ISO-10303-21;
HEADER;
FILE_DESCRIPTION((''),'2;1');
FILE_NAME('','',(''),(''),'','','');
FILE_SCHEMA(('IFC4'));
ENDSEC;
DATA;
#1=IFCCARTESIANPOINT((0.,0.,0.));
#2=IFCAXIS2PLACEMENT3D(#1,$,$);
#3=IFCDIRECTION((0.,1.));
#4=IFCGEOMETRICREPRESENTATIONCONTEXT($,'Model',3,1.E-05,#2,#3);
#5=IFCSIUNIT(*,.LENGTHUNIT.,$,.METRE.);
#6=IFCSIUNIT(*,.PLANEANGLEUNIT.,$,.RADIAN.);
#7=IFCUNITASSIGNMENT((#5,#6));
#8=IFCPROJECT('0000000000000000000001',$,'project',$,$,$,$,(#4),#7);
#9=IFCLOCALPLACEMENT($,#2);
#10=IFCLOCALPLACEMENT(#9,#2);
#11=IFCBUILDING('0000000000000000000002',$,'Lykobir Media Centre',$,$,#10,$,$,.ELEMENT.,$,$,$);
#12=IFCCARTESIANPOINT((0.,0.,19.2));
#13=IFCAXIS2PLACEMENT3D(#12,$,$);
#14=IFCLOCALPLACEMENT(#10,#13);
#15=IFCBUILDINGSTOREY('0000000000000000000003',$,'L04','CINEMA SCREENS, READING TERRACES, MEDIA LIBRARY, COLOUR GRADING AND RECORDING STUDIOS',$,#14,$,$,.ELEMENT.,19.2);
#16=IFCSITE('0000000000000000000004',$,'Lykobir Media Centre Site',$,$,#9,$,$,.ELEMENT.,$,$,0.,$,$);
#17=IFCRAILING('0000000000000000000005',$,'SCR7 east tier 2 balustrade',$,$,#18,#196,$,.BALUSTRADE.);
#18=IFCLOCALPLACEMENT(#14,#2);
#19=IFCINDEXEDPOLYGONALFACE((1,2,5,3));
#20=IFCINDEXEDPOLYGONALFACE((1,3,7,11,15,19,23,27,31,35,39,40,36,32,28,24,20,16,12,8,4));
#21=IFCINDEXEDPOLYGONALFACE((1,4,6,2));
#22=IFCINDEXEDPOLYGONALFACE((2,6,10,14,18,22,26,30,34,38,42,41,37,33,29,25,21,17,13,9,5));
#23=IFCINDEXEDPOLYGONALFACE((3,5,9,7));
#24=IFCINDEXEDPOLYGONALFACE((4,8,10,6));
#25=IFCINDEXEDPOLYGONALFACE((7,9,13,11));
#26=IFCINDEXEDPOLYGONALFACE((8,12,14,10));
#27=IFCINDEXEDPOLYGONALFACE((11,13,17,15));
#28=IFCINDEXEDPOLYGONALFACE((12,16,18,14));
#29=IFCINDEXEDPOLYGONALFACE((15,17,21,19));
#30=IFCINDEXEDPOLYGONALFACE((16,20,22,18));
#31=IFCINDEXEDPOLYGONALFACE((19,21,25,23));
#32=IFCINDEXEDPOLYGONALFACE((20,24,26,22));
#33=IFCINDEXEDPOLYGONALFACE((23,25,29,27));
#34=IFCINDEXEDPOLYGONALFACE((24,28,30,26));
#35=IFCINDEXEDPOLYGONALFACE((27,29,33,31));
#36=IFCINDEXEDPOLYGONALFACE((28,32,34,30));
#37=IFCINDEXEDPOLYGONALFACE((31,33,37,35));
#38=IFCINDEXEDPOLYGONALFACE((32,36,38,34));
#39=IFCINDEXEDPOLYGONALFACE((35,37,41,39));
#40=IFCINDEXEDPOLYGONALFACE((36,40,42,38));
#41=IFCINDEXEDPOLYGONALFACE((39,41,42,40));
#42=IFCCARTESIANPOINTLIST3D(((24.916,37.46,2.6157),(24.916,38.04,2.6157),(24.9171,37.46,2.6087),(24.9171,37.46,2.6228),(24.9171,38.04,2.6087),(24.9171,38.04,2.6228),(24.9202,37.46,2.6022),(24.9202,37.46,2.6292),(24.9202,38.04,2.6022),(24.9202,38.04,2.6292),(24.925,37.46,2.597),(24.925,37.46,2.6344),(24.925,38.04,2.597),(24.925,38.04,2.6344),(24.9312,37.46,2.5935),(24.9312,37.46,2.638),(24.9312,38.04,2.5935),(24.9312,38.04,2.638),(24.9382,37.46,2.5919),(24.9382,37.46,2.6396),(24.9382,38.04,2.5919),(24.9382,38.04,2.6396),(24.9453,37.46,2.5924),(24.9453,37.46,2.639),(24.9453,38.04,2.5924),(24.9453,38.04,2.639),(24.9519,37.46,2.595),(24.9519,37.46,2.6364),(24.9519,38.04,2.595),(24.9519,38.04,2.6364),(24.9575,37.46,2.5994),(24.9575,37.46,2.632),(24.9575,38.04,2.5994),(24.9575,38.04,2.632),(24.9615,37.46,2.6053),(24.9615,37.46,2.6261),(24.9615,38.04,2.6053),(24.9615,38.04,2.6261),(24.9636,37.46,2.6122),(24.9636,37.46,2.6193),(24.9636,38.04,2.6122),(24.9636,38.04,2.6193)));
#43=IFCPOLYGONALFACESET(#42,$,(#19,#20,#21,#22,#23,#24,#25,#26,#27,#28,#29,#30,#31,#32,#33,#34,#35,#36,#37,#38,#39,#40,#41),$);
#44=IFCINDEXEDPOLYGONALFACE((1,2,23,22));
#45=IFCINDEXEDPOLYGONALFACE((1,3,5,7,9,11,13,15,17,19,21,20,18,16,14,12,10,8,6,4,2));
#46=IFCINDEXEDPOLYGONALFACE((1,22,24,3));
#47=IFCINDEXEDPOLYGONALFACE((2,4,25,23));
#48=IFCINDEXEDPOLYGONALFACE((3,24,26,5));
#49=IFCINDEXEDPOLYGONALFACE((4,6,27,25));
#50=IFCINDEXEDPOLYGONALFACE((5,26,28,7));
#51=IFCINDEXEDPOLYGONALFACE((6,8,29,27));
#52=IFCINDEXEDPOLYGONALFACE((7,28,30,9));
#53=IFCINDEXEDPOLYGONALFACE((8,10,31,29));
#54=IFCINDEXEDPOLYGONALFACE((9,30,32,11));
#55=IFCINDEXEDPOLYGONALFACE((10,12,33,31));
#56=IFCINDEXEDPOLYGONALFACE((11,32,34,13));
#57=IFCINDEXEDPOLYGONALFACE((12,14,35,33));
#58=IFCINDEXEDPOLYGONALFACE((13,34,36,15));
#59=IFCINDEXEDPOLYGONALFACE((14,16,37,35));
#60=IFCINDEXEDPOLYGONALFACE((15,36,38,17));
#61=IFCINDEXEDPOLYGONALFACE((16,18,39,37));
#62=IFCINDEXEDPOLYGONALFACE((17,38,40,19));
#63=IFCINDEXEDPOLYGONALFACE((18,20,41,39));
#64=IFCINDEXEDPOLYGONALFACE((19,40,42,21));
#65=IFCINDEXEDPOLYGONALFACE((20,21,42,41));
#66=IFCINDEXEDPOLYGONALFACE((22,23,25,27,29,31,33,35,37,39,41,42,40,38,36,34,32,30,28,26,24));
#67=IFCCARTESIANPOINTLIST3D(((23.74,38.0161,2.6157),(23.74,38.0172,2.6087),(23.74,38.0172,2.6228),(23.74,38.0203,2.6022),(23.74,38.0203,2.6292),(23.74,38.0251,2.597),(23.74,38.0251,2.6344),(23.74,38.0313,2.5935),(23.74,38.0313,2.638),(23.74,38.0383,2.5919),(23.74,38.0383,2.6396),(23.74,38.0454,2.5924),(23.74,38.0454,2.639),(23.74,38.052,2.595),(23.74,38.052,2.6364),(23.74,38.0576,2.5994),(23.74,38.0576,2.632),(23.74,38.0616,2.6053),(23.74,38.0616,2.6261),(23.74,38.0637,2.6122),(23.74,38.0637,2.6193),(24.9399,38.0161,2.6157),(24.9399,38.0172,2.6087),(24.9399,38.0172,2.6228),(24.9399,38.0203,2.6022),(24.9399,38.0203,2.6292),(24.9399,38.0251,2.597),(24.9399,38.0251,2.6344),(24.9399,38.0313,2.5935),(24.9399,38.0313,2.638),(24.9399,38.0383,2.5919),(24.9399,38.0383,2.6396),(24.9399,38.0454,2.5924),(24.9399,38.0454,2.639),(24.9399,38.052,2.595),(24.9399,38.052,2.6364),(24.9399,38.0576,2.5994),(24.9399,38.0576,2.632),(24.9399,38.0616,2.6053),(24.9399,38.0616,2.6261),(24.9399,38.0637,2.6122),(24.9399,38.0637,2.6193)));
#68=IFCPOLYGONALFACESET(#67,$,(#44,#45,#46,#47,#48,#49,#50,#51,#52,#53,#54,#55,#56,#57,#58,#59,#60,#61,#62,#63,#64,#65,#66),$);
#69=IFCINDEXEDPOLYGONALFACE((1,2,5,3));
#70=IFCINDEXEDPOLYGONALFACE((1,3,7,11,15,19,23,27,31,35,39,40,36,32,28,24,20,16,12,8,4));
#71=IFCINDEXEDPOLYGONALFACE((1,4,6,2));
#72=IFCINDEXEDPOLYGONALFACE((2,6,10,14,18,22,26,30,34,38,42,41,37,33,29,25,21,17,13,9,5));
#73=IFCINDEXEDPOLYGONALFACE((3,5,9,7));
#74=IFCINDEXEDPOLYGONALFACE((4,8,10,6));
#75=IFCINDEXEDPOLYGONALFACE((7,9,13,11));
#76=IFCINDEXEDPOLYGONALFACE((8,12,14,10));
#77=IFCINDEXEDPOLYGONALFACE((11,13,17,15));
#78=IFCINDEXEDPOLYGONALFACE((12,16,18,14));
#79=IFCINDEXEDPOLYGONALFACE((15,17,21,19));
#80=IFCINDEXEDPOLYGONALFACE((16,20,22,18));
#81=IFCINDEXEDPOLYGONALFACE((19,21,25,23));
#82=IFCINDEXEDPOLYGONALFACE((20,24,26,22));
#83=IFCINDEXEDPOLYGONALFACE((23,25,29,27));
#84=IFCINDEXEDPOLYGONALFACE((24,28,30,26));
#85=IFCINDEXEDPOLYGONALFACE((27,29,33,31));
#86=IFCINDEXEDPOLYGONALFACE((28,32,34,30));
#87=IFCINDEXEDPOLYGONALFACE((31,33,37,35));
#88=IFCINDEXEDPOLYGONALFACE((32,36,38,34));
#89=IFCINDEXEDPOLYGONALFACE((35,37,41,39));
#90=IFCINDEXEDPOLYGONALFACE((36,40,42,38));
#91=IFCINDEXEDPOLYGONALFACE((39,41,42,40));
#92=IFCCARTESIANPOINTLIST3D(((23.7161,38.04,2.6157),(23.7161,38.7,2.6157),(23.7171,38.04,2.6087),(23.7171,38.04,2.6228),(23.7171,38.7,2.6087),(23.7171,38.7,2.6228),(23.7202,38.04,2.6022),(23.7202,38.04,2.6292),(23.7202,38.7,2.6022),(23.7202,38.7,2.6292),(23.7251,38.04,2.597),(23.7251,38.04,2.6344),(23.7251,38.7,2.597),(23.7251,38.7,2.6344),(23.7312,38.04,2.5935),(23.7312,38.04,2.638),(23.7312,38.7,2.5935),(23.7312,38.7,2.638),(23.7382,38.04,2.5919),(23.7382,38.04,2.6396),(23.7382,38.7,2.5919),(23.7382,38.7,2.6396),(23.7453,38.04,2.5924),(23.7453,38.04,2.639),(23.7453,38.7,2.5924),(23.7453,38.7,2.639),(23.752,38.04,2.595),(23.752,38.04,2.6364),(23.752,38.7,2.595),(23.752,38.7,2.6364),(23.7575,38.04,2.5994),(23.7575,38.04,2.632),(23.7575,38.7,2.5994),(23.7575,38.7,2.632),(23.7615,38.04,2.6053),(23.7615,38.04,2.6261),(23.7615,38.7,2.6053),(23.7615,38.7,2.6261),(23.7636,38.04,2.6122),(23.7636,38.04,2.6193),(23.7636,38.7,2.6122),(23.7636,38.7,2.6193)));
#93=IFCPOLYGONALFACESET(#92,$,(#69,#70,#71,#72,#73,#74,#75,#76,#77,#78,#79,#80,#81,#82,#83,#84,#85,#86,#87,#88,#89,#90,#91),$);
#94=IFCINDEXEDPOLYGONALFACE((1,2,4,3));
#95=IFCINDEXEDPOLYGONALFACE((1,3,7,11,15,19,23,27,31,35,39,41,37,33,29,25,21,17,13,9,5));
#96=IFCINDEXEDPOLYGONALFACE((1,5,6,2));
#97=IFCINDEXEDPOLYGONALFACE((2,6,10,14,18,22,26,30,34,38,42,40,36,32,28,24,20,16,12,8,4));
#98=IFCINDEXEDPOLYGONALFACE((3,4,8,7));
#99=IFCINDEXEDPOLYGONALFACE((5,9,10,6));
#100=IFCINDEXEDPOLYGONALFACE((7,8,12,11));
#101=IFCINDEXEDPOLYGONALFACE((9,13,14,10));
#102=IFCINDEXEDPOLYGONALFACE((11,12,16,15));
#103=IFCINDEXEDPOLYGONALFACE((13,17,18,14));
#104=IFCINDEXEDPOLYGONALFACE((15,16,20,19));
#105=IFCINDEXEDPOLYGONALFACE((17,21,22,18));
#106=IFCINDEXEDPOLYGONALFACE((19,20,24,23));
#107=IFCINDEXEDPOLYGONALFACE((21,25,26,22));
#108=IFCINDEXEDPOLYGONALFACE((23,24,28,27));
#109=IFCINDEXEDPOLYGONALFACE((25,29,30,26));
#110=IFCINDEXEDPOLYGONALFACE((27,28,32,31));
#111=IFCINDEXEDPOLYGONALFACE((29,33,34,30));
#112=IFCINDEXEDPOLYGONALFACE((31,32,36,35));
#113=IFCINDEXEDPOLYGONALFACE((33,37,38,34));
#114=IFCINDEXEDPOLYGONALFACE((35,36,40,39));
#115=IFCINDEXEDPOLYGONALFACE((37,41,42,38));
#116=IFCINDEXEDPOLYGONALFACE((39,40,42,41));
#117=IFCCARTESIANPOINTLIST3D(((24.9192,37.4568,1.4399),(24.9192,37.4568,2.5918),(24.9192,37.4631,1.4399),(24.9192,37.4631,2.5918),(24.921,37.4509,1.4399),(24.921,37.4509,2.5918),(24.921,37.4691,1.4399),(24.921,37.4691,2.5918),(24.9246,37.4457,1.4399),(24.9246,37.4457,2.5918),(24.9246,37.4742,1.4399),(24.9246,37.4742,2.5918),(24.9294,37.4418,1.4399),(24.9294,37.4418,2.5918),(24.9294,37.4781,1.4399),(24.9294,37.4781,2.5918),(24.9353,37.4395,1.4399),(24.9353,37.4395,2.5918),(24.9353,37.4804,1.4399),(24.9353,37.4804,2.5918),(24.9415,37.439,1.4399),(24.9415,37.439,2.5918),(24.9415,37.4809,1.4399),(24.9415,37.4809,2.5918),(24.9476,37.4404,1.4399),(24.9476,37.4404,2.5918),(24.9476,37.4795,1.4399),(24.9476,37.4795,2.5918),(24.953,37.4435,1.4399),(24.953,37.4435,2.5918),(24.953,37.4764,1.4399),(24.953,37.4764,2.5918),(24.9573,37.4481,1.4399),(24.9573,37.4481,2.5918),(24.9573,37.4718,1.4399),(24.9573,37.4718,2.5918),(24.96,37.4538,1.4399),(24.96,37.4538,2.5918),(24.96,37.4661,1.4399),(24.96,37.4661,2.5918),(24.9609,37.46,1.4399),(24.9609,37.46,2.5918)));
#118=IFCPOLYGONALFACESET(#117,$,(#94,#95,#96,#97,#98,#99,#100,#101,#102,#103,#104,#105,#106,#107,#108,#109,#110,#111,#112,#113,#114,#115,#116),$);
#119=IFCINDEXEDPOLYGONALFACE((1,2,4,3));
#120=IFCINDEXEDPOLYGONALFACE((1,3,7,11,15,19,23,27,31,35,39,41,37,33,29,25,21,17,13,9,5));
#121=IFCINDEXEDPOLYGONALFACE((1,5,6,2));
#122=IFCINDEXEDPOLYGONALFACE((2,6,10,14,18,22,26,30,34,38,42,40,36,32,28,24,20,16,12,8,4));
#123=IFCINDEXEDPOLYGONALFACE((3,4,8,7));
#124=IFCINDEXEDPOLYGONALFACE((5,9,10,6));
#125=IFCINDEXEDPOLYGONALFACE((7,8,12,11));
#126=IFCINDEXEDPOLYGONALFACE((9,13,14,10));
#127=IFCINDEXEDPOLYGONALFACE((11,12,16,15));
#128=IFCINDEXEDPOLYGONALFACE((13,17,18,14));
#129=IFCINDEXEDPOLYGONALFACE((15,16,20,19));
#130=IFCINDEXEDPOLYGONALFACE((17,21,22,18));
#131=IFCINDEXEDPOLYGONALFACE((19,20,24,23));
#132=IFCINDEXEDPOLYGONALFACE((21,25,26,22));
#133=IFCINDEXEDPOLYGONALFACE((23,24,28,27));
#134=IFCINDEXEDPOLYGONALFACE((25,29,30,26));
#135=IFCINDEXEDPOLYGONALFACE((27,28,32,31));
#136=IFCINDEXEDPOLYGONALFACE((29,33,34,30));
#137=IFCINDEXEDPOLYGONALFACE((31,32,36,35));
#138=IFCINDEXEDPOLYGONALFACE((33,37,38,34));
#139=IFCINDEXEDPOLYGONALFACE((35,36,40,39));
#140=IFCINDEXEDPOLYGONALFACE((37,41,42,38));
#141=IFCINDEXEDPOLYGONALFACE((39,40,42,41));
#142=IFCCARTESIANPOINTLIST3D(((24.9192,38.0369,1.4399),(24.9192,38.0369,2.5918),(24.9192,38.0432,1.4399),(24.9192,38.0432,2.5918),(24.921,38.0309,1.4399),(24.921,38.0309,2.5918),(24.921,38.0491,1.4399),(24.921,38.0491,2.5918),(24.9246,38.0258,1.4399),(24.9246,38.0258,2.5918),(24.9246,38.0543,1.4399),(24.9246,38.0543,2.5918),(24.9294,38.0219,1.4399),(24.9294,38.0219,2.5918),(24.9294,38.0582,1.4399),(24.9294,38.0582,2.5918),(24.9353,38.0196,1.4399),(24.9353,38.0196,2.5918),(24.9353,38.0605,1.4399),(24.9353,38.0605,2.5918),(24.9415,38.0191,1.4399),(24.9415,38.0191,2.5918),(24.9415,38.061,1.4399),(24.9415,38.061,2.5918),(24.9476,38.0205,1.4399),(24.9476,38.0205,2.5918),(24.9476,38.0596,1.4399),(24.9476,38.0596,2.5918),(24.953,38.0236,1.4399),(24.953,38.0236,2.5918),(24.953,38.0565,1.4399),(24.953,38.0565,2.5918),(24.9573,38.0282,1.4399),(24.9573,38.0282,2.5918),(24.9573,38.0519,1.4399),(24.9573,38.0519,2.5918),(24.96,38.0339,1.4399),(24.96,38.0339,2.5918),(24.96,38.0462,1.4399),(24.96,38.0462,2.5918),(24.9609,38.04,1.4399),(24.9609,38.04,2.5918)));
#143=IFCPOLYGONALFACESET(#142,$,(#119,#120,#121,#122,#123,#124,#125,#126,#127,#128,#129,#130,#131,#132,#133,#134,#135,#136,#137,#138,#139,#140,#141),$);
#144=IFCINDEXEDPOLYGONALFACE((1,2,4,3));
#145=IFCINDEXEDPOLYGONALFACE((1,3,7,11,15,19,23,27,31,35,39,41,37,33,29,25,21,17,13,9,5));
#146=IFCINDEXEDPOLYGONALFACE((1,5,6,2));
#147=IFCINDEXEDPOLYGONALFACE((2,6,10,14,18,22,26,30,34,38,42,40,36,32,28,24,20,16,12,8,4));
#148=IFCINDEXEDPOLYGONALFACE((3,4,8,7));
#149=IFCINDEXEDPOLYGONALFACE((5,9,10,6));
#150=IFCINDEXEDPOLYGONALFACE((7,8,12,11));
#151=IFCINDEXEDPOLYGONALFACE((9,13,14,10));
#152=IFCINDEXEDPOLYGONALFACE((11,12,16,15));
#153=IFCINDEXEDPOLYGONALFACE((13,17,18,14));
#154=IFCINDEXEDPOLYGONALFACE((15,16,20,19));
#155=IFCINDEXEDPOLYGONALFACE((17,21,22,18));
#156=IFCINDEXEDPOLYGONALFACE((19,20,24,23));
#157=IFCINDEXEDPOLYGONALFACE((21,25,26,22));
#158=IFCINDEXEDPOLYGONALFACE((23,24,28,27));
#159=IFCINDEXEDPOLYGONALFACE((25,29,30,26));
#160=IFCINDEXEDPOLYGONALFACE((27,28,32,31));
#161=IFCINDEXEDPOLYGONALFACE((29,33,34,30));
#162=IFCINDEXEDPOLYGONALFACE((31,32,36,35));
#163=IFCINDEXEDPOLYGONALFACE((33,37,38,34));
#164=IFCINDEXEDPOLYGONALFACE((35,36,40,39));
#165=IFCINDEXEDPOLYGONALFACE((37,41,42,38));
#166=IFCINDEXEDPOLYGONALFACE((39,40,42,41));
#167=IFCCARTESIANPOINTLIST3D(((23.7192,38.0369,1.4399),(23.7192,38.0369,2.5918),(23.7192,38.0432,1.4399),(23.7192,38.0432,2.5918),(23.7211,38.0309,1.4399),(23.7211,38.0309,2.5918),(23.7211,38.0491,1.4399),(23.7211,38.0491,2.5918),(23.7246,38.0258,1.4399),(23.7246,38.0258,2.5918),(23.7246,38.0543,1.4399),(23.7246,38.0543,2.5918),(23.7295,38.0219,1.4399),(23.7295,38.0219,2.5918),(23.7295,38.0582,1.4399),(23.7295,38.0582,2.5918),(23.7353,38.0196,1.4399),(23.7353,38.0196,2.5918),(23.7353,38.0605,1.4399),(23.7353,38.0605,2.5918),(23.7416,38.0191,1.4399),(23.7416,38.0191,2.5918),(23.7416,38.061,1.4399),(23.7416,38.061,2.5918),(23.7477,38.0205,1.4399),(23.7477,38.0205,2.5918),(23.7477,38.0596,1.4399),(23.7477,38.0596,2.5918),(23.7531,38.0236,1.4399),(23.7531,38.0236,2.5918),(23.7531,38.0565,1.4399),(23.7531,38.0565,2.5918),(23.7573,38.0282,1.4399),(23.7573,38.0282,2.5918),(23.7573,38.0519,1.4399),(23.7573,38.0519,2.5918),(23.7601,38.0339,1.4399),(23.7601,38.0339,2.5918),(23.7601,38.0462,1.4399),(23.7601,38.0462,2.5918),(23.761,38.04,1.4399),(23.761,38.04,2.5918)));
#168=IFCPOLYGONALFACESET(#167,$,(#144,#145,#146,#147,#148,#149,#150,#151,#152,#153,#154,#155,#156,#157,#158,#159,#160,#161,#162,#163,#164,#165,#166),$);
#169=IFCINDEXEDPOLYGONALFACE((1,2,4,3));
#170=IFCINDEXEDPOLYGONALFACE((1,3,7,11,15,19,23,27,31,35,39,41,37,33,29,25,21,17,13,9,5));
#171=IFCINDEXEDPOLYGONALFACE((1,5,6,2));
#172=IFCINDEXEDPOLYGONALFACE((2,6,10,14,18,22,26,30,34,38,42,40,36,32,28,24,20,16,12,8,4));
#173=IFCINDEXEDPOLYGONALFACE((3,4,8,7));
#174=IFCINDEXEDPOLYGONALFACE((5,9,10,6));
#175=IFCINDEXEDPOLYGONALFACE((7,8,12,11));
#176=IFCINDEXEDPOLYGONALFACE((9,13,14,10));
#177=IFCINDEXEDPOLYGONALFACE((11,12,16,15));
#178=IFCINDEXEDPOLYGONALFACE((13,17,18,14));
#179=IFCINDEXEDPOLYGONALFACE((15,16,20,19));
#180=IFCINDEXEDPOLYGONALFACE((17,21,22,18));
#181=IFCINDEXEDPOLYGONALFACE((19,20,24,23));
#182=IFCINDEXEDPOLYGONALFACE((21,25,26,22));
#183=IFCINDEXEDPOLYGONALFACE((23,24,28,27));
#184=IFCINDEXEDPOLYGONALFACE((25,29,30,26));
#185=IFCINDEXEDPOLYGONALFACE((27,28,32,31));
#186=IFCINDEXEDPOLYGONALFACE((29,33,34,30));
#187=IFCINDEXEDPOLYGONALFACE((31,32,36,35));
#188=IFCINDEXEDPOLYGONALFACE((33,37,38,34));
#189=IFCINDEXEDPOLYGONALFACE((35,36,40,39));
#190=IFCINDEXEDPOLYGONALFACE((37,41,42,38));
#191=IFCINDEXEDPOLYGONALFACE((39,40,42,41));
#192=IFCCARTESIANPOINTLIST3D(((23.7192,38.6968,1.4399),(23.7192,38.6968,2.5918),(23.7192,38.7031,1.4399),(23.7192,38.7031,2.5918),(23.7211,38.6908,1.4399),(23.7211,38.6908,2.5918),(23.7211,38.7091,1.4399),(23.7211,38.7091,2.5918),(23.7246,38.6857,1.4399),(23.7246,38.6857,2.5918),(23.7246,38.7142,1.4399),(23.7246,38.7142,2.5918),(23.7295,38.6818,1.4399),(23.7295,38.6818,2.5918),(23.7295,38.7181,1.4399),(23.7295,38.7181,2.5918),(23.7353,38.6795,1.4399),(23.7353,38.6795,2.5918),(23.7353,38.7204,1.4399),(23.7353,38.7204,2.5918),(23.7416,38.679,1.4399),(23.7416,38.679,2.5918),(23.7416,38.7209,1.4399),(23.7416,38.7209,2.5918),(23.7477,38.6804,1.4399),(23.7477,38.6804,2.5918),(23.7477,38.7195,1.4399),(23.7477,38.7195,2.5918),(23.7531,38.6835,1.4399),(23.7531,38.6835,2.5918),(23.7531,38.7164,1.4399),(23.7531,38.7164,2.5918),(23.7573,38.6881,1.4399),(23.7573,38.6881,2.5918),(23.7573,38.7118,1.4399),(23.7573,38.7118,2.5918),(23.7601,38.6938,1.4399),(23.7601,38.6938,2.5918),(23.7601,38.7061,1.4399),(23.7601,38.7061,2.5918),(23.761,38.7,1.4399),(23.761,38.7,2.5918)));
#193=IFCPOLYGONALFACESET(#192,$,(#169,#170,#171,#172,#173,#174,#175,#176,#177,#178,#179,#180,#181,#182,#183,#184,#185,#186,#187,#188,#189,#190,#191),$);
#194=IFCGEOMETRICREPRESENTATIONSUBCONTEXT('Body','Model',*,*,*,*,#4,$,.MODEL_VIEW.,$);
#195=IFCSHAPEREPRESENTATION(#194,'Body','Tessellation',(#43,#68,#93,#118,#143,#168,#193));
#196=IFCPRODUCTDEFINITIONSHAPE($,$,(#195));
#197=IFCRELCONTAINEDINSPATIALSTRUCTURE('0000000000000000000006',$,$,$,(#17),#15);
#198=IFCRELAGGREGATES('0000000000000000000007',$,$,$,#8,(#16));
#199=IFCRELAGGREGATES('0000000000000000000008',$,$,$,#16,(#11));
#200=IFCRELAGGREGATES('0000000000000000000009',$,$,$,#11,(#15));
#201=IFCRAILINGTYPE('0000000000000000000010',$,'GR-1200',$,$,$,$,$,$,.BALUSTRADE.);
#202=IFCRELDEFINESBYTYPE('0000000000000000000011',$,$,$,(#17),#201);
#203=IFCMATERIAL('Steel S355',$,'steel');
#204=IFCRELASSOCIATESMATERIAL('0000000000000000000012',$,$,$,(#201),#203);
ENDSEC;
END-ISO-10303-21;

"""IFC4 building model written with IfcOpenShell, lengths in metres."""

from ifc_helpers import new_model, si_unit, direction, frame, origin, origin_2d, place, context, subcontext, project, spatial, circle, extrude, material, type_object, element, save


model = new_model("IFC4")

# Units and contexts
model_context = context("Model", 3, precision=1e-05, world=origin(), true_north=direction((0.0, 1.0)))
body_context = subcontext(model_context, "Body", "Model", "MODEL_VIEW")
ifc_project = project(units=[si_unit("LENGTHUNIT", "METRE"), si_unit("PLANEANGLEUNIT", "RADIAN")], contexts=[model_context])

# Site, building, storey
site_placement = place(None, origin())
site = spatial("IfcSite", under=ifc_project, at=site_placement, Name="Lykobir Media Centre Site", CompositionType="ELEMENT", RefElevation=0.0)
building_placement = place(site_placement, origin())
building = spatial("IfcBuilding", under=site, at=building_placement, Name="Lykobir Media Centre", CompositionType="ELEMENT")
storey_placement = place(building_placement, frame((0.0, 0.0, 19.2)))
storey = spatial("IfcBuildingStorey", under=building, at=storey_placement, Name="L04", Description="CINEMA SCREENS, READING TERRACES, MEDIA LIBRARY, COLOUR GRADING AND RECORDING STUDIOS", CompositionType="ELEMENT", Elevation=19.2)

# Shared definitions
ifc_material_1 = material(Name="Steel S355", Category="steel")

# Railing
railing_type = type_object("IfcRailingType", Name="GR-1200", PredefinedType="BALUSTRADE", material=ifc_material_1)
railing_1_placement = place(storey_placement, frame((24.9399, 37.46, 1.4399)))
element("IfcRailing", 1, at=railing_1_placement, inside=storey, type_object=railing_type, Name="SCR7 east tier 2 balustrade", PredefinedType="BALUSTRADE", context=body_context, shape_type="SweptSolid", body=[
    extrude(circle(Radius=0.0239, at=origin_2d()), frame((0.0, 0.0, 1.1758), z_axis=(0.0, 1.0, 0.0), x_axis=(-1.0, 0.0, 0.0)), (0.0, 0.0, 1.0), 0.5801),
    extrude(circle(Radius=0.0239, at=origin_2d()), frame((0.0, 0.5801, 1.1758), z_axis=(-1.0, 0.0, 0.0), x_axis=(0.0, -1.0, 0.0)), (0.0, 0.0, 1.0), 1.2),
    extrude(circle(Radius=0.0239, at=origin_2d()), frame((-1.2, 0.5801, 1.1758), z_axis=(0.0, 1.0, 0.0), x_axis=(-1.0, 0.0, 0.0)), (0.0, 0.0, 1.0), 0.6599),
    extrude(circle(Radius=0.021, at=origin_2d()), origin(), (0.0, 0.0, 1.0), 1.1519),
    extrude(circle(Radius=0.021, at=origin_2d()), frame((0.0, 0.5801, 0.0)), (0.0, 0.0, 1.0), 1.1519),
    extrude(circle(Radius=0.021, at=origin_2d()), frame((-1.2, 0.5801, 0.0)), (0.0, 0.0, 1.0), 1.1519),
    extrude(circle(Radius=0.021, at=origin_2d()), frame((-1.2, 1.24, 0.0)), (0.0, 0.0, 1.0), 1.1519),
])

save(model, "model.ifc")
